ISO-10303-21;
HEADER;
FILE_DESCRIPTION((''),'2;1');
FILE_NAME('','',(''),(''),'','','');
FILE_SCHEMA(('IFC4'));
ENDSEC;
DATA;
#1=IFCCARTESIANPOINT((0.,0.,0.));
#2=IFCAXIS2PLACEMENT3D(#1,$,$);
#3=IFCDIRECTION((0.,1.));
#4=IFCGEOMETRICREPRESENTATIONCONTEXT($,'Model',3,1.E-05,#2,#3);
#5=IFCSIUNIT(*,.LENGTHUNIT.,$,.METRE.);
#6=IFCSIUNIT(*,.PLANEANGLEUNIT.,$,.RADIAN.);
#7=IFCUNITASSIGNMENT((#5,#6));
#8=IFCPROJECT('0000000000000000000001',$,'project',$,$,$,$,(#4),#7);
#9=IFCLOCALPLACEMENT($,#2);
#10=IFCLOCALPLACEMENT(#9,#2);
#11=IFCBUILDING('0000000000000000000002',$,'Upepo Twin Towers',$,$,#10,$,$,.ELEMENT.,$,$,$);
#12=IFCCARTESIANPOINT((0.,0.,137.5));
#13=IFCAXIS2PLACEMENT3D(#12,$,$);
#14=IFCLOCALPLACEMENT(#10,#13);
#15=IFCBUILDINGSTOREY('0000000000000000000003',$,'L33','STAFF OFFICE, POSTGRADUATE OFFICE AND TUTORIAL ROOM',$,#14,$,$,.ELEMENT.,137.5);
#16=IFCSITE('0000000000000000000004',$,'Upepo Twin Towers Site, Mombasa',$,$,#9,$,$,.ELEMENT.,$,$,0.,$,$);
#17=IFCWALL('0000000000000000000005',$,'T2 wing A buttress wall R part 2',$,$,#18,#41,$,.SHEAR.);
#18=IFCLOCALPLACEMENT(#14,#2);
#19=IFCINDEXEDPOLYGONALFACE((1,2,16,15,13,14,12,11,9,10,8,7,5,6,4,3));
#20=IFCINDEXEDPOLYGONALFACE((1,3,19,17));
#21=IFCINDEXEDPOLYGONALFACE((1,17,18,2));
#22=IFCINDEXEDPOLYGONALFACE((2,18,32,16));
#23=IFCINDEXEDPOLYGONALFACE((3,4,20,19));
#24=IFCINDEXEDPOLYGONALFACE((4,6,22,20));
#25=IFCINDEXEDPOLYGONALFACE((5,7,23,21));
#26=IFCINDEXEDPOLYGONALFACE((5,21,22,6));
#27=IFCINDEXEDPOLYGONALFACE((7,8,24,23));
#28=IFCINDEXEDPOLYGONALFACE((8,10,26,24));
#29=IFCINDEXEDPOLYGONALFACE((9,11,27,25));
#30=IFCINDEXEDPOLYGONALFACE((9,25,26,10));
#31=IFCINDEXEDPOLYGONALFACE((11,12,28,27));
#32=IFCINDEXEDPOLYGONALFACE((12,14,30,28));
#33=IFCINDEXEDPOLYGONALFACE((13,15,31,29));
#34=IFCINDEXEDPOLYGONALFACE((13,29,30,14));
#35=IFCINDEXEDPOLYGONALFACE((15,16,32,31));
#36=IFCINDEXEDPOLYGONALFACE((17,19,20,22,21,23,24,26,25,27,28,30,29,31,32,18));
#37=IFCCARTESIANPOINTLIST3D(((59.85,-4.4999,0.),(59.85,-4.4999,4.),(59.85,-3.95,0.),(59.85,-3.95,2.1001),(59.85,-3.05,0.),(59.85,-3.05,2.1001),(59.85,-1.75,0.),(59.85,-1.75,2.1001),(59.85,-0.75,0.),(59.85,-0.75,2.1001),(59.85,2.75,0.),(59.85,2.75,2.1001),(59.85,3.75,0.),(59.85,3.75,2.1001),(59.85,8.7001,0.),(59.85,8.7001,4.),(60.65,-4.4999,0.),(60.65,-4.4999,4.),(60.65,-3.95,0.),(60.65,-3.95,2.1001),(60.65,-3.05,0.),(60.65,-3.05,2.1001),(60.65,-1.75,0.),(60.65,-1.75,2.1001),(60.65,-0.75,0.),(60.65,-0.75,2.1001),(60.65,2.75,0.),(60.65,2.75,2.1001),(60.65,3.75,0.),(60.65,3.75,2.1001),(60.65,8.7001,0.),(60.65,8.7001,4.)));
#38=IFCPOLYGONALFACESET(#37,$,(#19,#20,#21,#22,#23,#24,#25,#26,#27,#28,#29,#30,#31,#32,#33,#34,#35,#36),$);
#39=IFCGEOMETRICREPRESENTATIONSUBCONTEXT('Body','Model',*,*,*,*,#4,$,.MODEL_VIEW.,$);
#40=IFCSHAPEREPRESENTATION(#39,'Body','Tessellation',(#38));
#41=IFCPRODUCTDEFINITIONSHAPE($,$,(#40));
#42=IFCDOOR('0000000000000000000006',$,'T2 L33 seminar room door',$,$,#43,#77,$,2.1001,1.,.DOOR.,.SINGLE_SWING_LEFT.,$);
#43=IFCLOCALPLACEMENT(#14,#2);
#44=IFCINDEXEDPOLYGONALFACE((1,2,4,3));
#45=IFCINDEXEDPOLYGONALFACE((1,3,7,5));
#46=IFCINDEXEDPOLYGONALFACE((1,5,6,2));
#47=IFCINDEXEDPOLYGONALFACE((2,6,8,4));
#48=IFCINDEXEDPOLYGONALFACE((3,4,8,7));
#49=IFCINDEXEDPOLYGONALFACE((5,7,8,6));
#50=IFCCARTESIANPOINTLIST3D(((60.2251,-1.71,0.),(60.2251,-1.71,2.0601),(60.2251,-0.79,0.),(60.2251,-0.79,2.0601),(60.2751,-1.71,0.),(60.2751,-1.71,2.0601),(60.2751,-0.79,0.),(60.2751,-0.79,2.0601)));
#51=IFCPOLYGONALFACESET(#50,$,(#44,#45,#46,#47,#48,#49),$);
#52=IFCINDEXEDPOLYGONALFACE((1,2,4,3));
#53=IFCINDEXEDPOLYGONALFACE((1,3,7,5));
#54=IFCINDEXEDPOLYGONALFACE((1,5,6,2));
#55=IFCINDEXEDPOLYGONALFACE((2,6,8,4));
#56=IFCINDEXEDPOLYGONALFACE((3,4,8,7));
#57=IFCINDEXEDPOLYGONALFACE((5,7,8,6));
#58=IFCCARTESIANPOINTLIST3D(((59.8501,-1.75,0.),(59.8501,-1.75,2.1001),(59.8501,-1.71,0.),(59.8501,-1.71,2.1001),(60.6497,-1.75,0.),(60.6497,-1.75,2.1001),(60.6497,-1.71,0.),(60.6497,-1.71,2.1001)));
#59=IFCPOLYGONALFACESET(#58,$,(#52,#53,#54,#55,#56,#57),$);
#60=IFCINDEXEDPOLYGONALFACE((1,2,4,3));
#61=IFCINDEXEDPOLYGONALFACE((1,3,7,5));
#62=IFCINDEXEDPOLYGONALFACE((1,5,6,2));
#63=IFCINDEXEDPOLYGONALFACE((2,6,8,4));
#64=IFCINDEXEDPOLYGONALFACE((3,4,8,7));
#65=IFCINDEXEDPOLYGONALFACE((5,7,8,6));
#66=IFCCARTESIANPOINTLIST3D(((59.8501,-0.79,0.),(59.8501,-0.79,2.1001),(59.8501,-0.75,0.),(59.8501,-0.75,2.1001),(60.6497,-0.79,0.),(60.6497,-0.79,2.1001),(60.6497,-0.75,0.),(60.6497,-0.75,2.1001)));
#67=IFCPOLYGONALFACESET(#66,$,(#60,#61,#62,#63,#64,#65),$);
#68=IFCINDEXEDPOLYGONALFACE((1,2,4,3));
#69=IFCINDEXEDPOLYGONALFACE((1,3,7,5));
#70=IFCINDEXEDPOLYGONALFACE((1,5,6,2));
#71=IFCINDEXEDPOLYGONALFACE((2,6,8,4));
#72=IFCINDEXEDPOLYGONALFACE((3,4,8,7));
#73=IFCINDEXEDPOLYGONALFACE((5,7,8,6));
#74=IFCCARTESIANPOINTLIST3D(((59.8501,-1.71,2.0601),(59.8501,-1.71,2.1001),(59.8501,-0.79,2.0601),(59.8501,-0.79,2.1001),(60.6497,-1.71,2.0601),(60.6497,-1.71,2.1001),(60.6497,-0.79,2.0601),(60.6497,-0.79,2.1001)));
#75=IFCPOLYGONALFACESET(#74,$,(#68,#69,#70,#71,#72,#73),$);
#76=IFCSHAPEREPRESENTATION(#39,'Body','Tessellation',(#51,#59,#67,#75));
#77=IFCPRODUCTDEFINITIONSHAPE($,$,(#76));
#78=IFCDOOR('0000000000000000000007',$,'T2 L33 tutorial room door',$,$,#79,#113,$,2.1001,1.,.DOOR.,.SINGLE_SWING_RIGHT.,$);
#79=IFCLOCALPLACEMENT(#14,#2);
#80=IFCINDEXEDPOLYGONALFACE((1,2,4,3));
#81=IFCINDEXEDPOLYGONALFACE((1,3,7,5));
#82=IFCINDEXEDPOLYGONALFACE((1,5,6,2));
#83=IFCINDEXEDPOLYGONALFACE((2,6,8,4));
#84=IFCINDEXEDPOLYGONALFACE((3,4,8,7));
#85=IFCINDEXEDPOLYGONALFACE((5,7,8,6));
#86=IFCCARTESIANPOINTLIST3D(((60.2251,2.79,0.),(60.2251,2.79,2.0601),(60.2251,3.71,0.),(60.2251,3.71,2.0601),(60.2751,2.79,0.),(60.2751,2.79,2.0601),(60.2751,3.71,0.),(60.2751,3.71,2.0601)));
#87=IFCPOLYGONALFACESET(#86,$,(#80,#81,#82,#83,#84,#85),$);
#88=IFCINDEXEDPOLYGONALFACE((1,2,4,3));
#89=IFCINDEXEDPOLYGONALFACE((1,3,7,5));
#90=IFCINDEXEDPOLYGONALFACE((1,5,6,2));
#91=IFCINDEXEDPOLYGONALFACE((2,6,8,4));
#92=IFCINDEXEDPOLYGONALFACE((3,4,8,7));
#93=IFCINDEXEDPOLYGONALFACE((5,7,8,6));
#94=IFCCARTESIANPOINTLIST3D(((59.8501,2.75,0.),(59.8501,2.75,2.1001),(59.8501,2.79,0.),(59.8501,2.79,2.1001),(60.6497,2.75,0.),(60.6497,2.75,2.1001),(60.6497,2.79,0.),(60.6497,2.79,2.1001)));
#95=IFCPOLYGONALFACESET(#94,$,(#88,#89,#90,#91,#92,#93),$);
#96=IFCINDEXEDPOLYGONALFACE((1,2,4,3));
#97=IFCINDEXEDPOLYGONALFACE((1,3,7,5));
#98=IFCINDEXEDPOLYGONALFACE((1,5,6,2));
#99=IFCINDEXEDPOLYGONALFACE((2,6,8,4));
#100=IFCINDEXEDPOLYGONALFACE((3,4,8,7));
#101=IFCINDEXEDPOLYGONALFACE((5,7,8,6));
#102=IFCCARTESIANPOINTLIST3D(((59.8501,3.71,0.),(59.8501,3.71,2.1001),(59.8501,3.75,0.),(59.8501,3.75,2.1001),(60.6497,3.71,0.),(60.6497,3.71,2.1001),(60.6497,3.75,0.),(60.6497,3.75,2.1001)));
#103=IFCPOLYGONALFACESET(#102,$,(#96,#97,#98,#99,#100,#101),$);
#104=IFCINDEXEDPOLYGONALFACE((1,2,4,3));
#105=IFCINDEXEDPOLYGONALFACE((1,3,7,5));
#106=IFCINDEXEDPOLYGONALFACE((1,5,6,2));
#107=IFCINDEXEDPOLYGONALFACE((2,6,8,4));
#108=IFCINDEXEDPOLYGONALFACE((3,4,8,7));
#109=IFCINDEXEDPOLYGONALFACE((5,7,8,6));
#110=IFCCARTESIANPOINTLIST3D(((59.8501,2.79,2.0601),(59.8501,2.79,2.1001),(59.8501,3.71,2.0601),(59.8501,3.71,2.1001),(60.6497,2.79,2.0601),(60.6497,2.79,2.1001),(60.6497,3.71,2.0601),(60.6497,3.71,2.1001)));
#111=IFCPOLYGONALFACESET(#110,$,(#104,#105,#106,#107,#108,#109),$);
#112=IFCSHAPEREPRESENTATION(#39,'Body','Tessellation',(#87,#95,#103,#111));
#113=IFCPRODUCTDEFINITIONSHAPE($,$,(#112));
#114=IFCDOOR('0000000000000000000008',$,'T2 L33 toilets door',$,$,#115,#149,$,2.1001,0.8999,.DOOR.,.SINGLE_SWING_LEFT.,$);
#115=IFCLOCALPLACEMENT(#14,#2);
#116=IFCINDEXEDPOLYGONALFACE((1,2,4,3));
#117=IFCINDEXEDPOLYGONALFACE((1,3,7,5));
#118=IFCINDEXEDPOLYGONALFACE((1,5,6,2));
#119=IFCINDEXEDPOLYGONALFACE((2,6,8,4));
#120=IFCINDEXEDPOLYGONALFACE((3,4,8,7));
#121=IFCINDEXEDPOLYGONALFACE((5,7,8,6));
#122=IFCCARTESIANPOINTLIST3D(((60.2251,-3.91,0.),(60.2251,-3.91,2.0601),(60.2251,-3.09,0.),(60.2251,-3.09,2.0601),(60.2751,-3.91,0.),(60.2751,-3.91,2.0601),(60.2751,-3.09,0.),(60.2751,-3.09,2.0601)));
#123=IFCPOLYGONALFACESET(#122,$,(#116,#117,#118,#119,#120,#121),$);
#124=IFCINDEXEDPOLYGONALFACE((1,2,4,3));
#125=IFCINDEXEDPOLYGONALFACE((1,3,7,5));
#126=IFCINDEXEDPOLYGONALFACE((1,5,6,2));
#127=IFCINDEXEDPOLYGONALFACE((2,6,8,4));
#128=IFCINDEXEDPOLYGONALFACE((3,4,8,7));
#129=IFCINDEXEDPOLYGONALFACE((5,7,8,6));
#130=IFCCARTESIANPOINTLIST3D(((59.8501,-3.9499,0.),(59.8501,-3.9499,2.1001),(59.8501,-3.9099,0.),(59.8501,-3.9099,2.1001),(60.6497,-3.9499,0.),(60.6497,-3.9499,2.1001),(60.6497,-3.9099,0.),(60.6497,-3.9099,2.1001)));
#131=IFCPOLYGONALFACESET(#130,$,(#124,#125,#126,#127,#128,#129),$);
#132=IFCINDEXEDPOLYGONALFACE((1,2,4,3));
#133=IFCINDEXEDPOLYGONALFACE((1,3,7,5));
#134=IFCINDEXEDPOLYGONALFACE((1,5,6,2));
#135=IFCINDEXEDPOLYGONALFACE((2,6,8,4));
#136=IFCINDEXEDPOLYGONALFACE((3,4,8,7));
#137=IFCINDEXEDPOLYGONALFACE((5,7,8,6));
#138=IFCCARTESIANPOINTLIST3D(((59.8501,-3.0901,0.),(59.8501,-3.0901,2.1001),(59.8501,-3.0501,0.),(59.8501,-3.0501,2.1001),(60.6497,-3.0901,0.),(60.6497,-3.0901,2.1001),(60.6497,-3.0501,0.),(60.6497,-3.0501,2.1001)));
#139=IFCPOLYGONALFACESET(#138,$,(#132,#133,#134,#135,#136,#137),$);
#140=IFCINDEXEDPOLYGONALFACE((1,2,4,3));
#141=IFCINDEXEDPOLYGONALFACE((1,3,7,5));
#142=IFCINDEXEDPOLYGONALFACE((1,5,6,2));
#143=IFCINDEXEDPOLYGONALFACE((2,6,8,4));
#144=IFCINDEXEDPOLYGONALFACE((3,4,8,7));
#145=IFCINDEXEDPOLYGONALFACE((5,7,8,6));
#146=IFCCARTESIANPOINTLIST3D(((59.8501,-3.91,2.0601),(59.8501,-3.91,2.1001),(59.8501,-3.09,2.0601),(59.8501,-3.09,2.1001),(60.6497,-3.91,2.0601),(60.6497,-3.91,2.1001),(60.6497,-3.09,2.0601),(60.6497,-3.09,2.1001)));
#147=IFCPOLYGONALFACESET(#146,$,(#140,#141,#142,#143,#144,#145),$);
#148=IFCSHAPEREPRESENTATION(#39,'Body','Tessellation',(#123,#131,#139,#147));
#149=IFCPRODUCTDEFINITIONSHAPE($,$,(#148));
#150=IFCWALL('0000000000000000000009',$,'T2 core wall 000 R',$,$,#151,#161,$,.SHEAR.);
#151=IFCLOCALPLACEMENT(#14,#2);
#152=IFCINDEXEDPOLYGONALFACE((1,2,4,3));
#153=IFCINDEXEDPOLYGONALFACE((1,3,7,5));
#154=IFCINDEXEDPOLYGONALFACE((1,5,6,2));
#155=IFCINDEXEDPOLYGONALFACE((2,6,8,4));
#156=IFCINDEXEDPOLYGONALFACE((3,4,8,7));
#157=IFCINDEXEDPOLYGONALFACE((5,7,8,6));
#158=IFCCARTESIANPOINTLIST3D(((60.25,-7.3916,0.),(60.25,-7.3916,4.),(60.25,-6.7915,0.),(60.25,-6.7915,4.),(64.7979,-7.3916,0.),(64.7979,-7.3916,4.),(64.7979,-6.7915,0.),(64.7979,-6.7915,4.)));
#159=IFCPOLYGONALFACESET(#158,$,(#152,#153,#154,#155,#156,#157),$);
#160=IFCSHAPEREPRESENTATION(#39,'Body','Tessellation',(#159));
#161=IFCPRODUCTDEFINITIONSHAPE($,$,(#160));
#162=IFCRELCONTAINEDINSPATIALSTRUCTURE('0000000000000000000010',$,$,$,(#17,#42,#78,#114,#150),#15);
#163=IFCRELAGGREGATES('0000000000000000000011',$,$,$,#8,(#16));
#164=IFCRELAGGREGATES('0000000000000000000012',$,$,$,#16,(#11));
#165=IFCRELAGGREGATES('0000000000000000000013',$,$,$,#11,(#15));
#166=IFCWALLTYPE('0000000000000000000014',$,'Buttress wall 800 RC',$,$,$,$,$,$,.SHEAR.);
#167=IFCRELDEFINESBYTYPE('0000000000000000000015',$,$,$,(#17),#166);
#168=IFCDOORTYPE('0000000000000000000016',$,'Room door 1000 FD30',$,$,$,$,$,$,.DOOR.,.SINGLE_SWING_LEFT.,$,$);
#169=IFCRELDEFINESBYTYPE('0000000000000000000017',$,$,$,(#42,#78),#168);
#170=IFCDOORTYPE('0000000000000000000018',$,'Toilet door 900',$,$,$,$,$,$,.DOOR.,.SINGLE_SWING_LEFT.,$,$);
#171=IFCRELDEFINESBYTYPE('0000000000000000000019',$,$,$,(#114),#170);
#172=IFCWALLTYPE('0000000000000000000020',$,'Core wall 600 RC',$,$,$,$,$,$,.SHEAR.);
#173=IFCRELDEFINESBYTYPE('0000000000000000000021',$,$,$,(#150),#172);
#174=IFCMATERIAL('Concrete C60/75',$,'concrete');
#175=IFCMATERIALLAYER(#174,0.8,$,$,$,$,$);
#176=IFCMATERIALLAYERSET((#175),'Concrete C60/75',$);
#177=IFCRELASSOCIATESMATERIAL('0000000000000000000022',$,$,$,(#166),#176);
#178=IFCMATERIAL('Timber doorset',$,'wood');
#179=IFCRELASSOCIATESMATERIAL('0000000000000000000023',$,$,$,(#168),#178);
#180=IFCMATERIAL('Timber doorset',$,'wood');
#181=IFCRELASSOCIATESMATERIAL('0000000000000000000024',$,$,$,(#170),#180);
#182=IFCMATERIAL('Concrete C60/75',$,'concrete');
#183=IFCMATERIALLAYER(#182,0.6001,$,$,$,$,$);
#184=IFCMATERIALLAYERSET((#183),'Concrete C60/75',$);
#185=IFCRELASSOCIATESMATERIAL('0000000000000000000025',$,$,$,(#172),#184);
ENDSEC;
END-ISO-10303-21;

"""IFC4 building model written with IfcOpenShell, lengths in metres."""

from ifc_helpers import new_model, si_unit, direction, frame, frame_2d, origin, place, context, subcontext, project, spatial, rectangle, extrude, material, layer, layer_set, type_object, element, fill, save


model = new_model("IFC4")

# Units and contexts
model_context = context("Model", 3, precision=1e-05, world=origin(), true_north=direction((0.0, 1.0)))
body_context = subcontext(model_context, "Body", "Model", "MODEL_VIEW")
ifc_project = project(units=[si_unit("LENGTHUNIT", "METRE"), si_unit("PLANEANGLEUNIT", "RADIAN")], contexts=[model_context])

# Site, building, storey
site_placement = place(None, origin())
site = spatial("IfcSite", under=ifc_project, at=site_placement, Name="Upepo Twin Towers Site, Mombasa", CompositionType="ELEMENT", RefElevation=0.0)
building_placement = place(site_placement, origin())
building = spatial("IfcBuilding", under=site, at=building_placement, Name="Upepo Twin Towers", CompositionType="ELEMENT")
storey_placement = place(building_placement, frame((0.0, 0.0, 137.5)))
storey = spatial("IfcBuildingStorey", under=building, at=storey_placement, Name="L33", Description="STAFF OFFICE, POSTGRADUATE OFFICE AND TUTORIAL ROOM", CompositionType="ELEMENT", Elevation=137.5)

# Wall, openings, doors
ifc_material_1 = material(Name="Concrete C60/75", Category="concrete")
ifc_layer_1 = layer(ifc_material_1, 0.8)
ifc_layer_set_1 = layer_set([ifc_layer_1], Name="Concrete C60/75")
wall_type_1 = type_object("IfcWallType", Name="Buttress wall 800 RC", PredefinedType="SHEAR", material=ifc_layer_set_1)
ifc_material_2 = material(Name="Timber doorset", Category="wood")
door_type_1 = type_object("IfcDoorType", Name="Room door 1000 FD30", OperationType="SINGLE_SWING_LEFT", PredefinedType="DOOR", material=ifc_material_2)
ifc_material_3 = material(Name="Timber doorset", Category="wood")
door_type_2 = type_object("IfcDoorType", Name="Toilet door 900", OperationType="SINGLE_SWING_LEFT", PredefinedType="DOOR", material=ifc_material_3)
wall_1_placement = place(storey_placement, frame((60.25, -4.5, 0.0), z_axis=(0.0, 0.0, 1.0), x_axis=(0.0, 1.0, 0.0)))
wall_1 = element("IfcWall", 1, at=wall_1_placement, inside=storey, type_object=wall_type_1, Name="T2 wing A buttress wall R part 2", PredefinedType="SHEAR", context=body_context, shape_type="SweptSolid", body=[
    extrude(rectangle(XDim=13.2, YDim=0.8, at=frame_2d((6.6001, 0.0))), origin(), (0.0, 0.0, 1.0), 4.0),
])
opening_1_placement = place(wall_1_placement, frame((0.55, 0.0, 0.0)))
opening_1 = element("IfcOpeningElement", 2, at=opening_1_placement, cuts=wall_1, PredefinedType="OPENING", context=body_context, shape_type="SweptSolid", body=[
    extrude(rectangle(XDim=0.8999, YDim=2.1001, at=frame_2d((0.45, 1.05))), frame((0.0, 0.4099, 0.0), z_axis=(0.0, -1.0, 0.0), x_axis=(1.0, 0.0, 0.0)), (0.0, 0.0, 1.0), 0.8201),
])
opening_2_placement = place(wall_1_placement, frame((2.75, 0.0, 0.0)))
opening_2 = element("IfcOpeningElement", 3, at=opening_2_placement, cuts=wall_1, PredefinedType="OPENING", context=body_context, shape_type="SweptSolid", body=[
    extrude(rectangle(XDim=1.0, YDim=2.1001, at=frame_2d((0.5, 1.05))), frame((0.0, 0.4099, 0.0), z_axis=(0.0, -1.0, 0.0), x_axis=(1.0, 0.0, 0.0)), (0.0, 0.0, 1.0), 0.8201),
])
opening_3_placement = place(wall_1_placement, frame((7.25, 0.0, 0.0)))
opening_3 = element("IfcOpeningElement", 4, at=opening_3_placement, cuts=wall_1, PredefinedType="OPENING", context=body_context, shape_type="SweptSolid", body=[
    extrude(rectangle(XDim=1.0, YDim=2.1001, at=frame_2d((0.5, 1.05))), frame((0.0, 0.4099, 0.0), z_axis=(0.0, -1.0, 0.0), x_axis=(1.0, 0.0, 0.0)), (0.0, 0.0, 1.0), 0.8201),
])
door_1_placement = place(opening_2_placement, origin())
door_1 = element("IfcDoor", 5, at=door_1_placement, inside=storey, type_object=door_type_1, Name="T2 L33 seminar room door", OperationType="SINGLE_SWING_LEFT", OverallHeight=2.1001, OverallWidth=1.0, PredefinedType="DOOR", context=body_context, shape_type="SweptSolid", body=[
    extrude(rectangle(XDim=0.92, YDim=2.0601, at=frame_2d((0.5, 1.03))), frame((0.0, 0.0249, 0.0), z_axis=(0.0, -1.0, 0.0), x_axis=(1.0, 0.0, 0.0)), (0.0, 0.0, 1.0), 0.05),
    extrude(rectangle(XDim=0.04, YDim=2.1001, at=frame_2d((0.02, 1.05))), frame((0.0, 0.3999, 0.0), z_axis=(0.0, -1.0, 0.0), x_axis=(1.0, 0.0, 0.0)), (0.0, 0.0, 1.0), 0.7996),
    extrude(rectangle(XDim=0.04, YDim=2.1001, at=frame_2d((0.98, 1.05))), frame((0.0, 0.3999, 0.0), z_axis=(0.0, -1.0, 0.0), x_axis=(1.0, 0.0, 0.0)), (0.0, 0.0, 1.0), 0.7996),
    extrude(rectangle(XDim=0.92, YDim=0.04, at=frame_2d((0.5, 2.0801))), frame((0.0, 0.3999, 0.0), z_axis=(0.0, -1.0, 0.0), x_axis=(1.0, 0.0, 0.0)), (0.0, 0.0, 1.0), 0.7996),
])
fill(opening_2, door_1)
door_2_placement = place(opening_3_placement, origin())
door_2 = element("IfcDoor", 6, at=door_2_placement, inside=storey, type_object=door_type_1, Name="T2 L33 tutorial room door", OperationType="SINGLE_SWING_RIGHT", OverallHeight=2.1001, OverallWidth=1.0, PredefinedType="DOOR", context=body_context, shape_type="SweptSolid", body=[
    extrude(rectangle(XDim=0.92, YDim=2.0601, at=frame_2d((0.5, 1.03))), frame((0.0, 0.0249, 0.0), z_axis=(0.0, -1.0, 0.0), x_axis=(1.0, 0.0, 0.0)), (0.0, 0.0, 1.0), 0.05),
    extrude(rectangle(XDim=0.04, YDim=2.1001, at=frame_2d((0.02, 1.05))), frame((0.0, 0.3999, 0.0), z_axis=(0.0, -1.0, 0.0), x_axis=(1.0, 0.0, 0.0)), (0.0, 0.0, 1.0), 0.7996),
    extrude(rectangle(XDim=0.04, YDim=2.1001, at=frame_2d((0.98, 1.05))), frame((0.0, 0.3999, 0.0), z_axis=(0.0, -1.0, 0.0), x_axis=(1.0, 0.0, 0.0)), (0.0, 0.0, 1.0), 0.7996),
    extrude(rectangle(XDim=0.92, YDim=0.04, at=frame_2d((0.5, 2.0801))), frame((0.0, 0.3999, 0.0), z_axis=(0.0, -1.0, 0.0), x_axis=(1.0, 0.0, 0.0)), (0.0, 0.0, 1.0), 0.7996),
])
fill(opening_3, door_2)
door_3_placement = place(opening_1_placement, origin())
door_3 = element("IfcDoor", 7, at=door_3_placement, inside=storey, type_object=door_type_2, Name="T2 L33 toilets door", OperationType="SINGLE_SWING_LEFT", OverallHeight=2.1001, OverallWidth=0.8999, PredefinedType="DOOR", context=body_context, shape_type="SweptSolid", body=[
    extrude(rectangle(XDim=0.8199, YDim=2.0601, at=frame_2d((0.45, 1.03))), frame((0.0, 0.0249, 0.0), z_axis=(0.0, -1.0, 0.0), x_axis=(1.0, 0.0, 0.0)), (0.0, 0.0, 1.0), 0.05),
    extrude(rectangle(XDim=0.04, YDim=2.1001, at=frame_2d((0.02, 1.05))), frame((0.0, 0.3999, 0.0), z_axis=(0.0, -1.0, 0.0), x_axis=(1.0, 0.0, 0.0)), (0.0, 0.0, 1.0), 0.7996),
    extrude(rectangle(XDim=0.04, YDim=2.1001, at=frame_2d((0.8799, 1.05))), frame((0.0, 0.3999, 0.0), z_axis=(0.0, -1.0, 0.0), x_axis=(1.0, 0.0, 0.0)), (0.0, 0.0, 1.0), 0.7996),
    extrude(rectangle(XDim=0.8199, YDim=0.04, at=frame_2d((0.45, 2.0801))), frame((0.0, 0.3999, 0.0), z_axis=(0.0, -1.0, 0.0), x_axis=(1.0, 0.0, 0.0)), (0.0, 0.0, 1.0), 0.7996),
])
fill(opening_1, door_3)

# Wall
ifc_material_4 = material(Name="Concrete C60/75", Category="concrete")
ifc_layer_2 = layer(ifc_material_4, 0.6001)
ifc_layer_set_2 = layer_set([ifc_layer_2], Name="Concrete C60/75")
wall_type_2 = type_object("IfcWallType", Name="Core wall 600 RC", PredefinedType="SHEAR", material=ifc_layer_set_2)
wall_2_placement = place(storey_placement, frame((64.7979, -7.0916, 0.0), z_axis=(0.0, 0.0, 1.0), x_axis=(-1.0, 0.0, 0.0)))
element("IfcWall", 8, at=wall_2_placement, inside=storey, type_object=wall_type_2, Name="T2 core wall 000 R", PredefinedType="SHEAR", context=body_context, shape_type="SweptSolid", body=[
    extrude(rectangle(XDim=4.5479, YDim=0.6001, at=frame_2d((2.2739, 0.0))), origin(), (0.0, 0.0, 1.0), 4.0),
])

save(model, "model.ifc")
